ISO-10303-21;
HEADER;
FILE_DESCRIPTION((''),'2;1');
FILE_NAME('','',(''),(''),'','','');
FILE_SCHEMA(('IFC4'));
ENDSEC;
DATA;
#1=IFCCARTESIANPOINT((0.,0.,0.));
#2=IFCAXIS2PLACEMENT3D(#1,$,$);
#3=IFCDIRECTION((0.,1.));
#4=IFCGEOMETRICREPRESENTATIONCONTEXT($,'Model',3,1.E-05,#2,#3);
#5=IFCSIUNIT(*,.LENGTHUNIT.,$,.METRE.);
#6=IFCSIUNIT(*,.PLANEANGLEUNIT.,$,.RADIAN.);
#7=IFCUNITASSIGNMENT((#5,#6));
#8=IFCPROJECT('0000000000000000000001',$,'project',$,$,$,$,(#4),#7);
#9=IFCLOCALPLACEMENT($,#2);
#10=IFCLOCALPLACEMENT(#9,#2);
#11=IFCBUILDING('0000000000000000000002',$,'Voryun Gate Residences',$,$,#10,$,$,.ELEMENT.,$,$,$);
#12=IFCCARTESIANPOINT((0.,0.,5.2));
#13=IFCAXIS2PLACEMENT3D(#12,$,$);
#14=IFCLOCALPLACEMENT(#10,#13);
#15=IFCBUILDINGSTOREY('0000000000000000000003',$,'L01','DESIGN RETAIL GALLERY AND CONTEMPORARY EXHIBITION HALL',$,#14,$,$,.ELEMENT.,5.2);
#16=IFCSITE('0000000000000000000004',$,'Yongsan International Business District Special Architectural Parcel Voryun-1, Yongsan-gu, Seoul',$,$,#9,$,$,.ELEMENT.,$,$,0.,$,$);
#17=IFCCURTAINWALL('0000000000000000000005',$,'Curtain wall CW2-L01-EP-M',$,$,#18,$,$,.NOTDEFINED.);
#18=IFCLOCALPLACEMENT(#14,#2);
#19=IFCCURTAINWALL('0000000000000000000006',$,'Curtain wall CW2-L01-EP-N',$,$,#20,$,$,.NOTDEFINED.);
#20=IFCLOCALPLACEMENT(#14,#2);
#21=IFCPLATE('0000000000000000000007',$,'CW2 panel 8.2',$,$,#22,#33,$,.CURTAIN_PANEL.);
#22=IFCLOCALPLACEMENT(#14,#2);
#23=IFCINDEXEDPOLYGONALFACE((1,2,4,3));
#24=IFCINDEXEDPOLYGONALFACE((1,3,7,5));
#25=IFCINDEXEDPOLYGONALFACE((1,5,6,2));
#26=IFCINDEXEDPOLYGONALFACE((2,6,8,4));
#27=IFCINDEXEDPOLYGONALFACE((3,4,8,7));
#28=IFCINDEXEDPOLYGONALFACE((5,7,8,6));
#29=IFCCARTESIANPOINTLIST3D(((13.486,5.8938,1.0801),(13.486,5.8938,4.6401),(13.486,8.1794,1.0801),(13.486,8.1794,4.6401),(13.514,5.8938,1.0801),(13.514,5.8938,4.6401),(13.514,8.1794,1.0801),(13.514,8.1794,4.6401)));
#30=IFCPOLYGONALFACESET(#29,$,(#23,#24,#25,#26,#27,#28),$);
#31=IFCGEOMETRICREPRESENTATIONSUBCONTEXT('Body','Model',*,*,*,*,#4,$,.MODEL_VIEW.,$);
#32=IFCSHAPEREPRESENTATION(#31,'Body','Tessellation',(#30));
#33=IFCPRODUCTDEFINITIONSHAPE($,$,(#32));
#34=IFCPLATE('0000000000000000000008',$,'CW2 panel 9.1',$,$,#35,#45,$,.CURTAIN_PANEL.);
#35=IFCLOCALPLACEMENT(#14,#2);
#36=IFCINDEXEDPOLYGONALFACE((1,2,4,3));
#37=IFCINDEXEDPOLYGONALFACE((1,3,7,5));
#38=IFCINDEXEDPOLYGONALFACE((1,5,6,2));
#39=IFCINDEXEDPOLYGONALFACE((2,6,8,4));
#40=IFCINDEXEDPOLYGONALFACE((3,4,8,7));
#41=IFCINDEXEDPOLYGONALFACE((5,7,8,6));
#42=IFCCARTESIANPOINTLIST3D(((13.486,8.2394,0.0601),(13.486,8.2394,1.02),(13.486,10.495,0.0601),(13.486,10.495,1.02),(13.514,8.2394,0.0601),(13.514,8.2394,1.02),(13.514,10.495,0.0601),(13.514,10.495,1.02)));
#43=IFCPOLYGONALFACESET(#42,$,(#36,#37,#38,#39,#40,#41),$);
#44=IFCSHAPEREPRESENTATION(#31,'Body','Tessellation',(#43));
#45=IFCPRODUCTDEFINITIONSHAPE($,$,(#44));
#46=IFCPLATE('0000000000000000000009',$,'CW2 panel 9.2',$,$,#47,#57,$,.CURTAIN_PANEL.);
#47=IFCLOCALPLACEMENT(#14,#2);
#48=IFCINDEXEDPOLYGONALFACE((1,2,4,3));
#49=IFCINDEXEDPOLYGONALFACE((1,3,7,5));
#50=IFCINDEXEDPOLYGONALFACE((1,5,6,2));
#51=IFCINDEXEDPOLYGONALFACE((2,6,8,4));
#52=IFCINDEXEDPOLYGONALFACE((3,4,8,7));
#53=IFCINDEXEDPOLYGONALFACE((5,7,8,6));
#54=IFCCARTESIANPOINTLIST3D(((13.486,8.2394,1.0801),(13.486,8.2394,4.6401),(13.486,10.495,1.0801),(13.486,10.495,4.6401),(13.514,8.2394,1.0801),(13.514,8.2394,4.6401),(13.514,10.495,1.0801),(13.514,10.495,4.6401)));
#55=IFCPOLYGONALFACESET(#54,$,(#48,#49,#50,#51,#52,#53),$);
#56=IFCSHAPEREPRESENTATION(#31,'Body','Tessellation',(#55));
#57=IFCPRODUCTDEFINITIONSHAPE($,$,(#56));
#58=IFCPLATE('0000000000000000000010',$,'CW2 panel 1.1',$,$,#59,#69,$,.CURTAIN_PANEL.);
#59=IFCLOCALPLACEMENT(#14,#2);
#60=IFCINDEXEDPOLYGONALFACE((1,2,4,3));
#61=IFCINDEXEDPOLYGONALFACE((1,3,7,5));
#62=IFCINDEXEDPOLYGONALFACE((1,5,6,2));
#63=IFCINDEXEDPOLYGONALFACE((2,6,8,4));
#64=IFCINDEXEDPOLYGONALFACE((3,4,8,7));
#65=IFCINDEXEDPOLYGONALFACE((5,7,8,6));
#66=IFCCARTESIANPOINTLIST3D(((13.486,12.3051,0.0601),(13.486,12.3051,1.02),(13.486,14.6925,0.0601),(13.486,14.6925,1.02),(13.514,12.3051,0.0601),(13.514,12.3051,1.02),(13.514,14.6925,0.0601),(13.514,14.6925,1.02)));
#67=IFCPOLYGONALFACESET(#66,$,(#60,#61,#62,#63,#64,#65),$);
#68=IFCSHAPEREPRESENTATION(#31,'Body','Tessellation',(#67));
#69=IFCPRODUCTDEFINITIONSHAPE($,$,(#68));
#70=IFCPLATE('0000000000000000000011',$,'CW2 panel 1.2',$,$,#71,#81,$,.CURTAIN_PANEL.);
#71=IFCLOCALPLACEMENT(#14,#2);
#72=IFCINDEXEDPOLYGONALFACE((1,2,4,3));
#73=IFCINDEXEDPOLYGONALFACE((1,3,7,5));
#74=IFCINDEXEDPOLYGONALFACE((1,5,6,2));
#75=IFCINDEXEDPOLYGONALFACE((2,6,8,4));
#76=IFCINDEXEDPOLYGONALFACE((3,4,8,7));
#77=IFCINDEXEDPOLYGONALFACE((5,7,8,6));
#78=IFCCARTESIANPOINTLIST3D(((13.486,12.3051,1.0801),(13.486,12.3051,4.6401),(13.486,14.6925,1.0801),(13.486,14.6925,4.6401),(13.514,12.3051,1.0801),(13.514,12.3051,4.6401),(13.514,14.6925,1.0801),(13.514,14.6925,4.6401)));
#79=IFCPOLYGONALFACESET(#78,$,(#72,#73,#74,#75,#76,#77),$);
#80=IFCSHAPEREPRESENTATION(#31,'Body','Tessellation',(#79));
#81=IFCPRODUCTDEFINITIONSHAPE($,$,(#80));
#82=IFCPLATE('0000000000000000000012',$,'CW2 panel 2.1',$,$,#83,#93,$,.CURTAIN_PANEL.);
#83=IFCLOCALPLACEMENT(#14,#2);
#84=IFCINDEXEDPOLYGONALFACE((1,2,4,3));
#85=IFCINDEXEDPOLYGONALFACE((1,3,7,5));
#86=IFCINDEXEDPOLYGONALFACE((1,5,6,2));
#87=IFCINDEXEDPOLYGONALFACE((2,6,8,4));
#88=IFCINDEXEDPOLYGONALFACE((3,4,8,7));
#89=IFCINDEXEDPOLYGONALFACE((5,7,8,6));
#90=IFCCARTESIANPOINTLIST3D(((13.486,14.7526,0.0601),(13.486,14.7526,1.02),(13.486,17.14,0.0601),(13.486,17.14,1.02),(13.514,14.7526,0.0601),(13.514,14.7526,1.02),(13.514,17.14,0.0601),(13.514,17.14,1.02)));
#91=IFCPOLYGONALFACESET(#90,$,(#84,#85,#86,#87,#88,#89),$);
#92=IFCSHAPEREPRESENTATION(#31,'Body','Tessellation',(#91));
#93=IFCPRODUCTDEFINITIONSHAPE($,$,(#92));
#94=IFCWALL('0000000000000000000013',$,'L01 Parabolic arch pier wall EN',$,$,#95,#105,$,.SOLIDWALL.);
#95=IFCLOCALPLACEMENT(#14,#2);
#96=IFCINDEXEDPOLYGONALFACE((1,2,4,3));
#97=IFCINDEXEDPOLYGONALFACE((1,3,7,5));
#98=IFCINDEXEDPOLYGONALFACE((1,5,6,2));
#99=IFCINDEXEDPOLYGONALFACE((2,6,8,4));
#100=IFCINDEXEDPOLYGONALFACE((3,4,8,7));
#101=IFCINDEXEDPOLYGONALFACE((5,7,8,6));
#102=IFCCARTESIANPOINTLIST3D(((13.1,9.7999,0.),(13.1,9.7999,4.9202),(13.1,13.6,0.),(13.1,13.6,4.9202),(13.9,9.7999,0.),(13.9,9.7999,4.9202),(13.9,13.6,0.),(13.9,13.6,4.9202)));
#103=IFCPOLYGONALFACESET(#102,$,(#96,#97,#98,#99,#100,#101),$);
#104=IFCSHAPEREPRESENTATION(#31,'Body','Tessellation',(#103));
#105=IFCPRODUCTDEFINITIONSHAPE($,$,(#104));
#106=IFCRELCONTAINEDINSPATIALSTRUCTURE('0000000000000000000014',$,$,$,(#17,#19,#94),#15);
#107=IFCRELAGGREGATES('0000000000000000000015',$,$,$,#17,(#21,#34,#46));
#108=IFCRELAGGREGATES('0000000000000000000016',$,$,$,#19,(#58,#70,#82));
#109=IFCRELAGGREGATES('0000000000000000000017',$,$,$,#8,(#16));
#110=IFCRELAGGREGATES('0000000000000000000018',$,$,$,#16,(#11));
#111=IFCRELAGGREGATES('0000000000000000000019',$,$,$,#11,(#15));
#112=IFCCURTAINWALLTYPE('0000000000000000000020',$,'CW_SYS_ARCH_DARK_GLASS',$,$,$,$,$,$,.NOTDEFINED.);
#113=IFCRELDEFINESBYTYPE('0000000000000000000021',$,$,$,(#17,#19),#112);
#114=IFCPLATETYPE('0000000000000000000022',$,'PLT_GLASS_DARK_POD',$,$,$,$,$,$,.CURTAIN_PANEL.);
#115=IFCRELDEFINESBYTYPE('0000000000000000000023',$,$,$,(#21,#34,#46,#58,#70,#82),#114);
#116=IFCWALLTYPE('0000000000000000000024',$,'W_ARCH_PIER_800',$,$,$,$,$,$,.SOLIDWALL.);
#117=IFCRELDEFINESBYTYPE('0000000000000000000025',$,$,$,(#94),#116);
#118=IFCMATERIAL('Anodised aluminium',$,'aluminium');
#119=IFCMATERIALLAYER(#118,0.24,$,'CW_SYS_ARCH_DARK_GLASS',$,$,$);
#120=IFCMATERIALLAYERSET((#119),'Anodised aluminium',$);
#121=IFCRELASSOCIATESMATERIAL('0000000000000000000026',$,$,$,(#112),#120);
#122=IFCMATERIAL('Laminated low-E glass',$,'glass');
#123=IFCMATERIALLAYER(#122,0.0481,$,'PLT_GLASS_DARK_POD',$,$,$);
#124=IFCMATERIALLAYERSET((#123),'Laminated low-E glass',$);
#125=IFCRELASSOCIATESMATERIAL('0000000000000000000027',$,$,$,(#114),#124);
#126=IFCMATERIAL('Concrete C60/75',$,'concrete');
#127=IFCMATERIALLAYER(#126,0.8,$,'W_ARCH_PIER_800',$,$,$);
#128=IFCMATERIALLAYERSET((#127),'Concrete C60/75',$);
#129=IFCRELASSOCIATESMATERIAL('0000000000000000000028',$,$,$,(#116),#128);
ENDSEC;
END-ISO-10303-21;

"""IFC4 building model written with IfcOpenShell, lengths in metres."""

from ifc_helpers import new_model, si_unit, direction, frame, frame_2d, origin, origin_2d, place, context, subcontext, project, spatial, rectangle, extrude, material, layer, layer_set, type_object, element, aggregate, save


model = new_model("IFC4")

# Units and contexts
model_context = context("Model", 3, precision=1e-05, world=origin(), true_north=direction((0.0, 1.0)))
body_context = subcontext(model_context, "Body", "Model", "MODEL_VIEW")
ifc_project = project(units=[si_unit("LENGTHUNIT", "METRE"), si_unit("PLANEANGLEUNIT", "RADIAN")], contexts=[model_context])

# Site, building, storey
site_placement = place(None, origin())
site = spatial("IfcSite", under=ifc_project, at=site_placement, Name="Yongsan International Business District Special Architectural Parcel Voryun-1, Yongsan-gu, Seoul", CompositionType="ELEMENT", RefElevation=0.0)
building_placement = place(site_placement, origin())
building = spatial("IfcBuilding", under=site, at=building_placement, Name="Voryun Gate Residences", CompositionType="ELEMENT")
storey_placement = place(building_placement, frame((0.0, 0.0, 5.2)))
storey = spatial("IfcBuildingStorey", under=building, at=storey_placement, Name="L01", Description="DESIGN RETAIL GALLERY AND CONTEMPORARY EXHIBITION HALL", CompositionType="ELEMENT", Elevation=5.2)

# Curtain walls
ifc_material_1 = material(Name="Anodised aluminium", Category="aluminium")
ifc_layer_1 = layer(ifc_material_1, 0.24, Name="CW_SYS_ARCH_DARK_GLASS")
ifc_layer_set_1 = layer_set([ifc_layer_1], Name="Anodised aluminium")
curtain_wall_type = type_object("IfcCurtainWallType", Name="CW_SYS_ARCH_DARK_GLASS", PredefinedType="NOTDEFINED", material=ifc_layer_set_1)
curtain_wall_1_placement = place(storey_placement, origin())
curtain_wall_1 = element("IfcCurtainWall", 1, at=curtain_wall_1_placement, inside=storey, type_object=curtain_wall_type, Name="Curtain wall CW2-L01-EP-M", PredefinedType="NOTDEFINED")
curtain_wall_2_placement = place(storey_placement, origin())
curtain_wall_2 = element("IfcCurtainWall", 2, at=curtain_wall_2_placement, inside=storey, type_object=curtain_wall_type, Name="Curtain wall CW2-L01-EP-N", PredefinedType="NOTDEFINED")

# Plates
ifc_material_2 = material(Name="Laminated low-E glass", Category="glass")
ifc_layer_2 = layer(ifc_material_2, 0.0481, Name="PLT_GLASS_DARK_POD")
ifc_layer_set_2 = layer_set([ifc_layer_2], Name="Laminated low-E glass")
plate_type_1 = type_object("IfcPlateType", Name="PLT_GLASS_DARK_POD", PredefinedType="CURTAIN_PANEL", material=ifc_layer_set_2)
plate_1_placement = place(storey_placement, frame((13.5, 7.0366, 1.0801), z_axis=(0.0, 0.0, 1.0), x_axis=(0.0, 1.0, 0.0)))
plate_1 = element("IfcPlate", 3, at=plate_1_placement, type_object=plate_type_1, Name="CW2 panel 8.2", PredefinedType="CURTAIN_PANEL", context=body_context, shape_type="SweptSolid", body=[
    extrude(rectangle(XDim=2.2856, YDim=0.0281, at=origin_2d()), origin(), (0.0, 0.0, 1.0), 3.5601),
])
plate_2_placement = place(storey_placement, frame((13.5, 9.3672, 0.0601), z_axis=(0.0, 0.0, 1.0), x_axis=(0.0, 1.0, 0.0)))
plate_2 = element("IfcPlate", 4, at=plate_2_placement, type_object=plate_type_1, Name="CW2 panel 9.1", PredefinedType="CURTAIN_PANEL", context=body_context, shape_type="SweptSolid", body=[
    extrude(rectangle(XDim=2.2556, YDim=0.0281, at=origin_2d()), origin(), (0.0, 0.0, 1.0), 0.96),
])
plate_3_placement = place(storey_placement, frame((13.5, 9.3672, 1.0801), z_axis=(0.0, 0.0, 1.0), x_axis=(0.0, 1.0, 0.0)))
plate_3 = element("IfcPlate", 5, at=plate_3_placement, type_object=plate_type_1, Name="CW2 panel 9.2", PredefinedType="CURTAIN_PANEL", context=body_context, shape_type="SweptSolid", body=[
    extrude(rectangle(XDim=2.2556, YDim=0.0281, at=origin_2d()), origin(), (0.0, 0.0, 1.0), 3.5601),
])
aggregate(curtain_wall_1, [plate_1, plate_2, plate_3])
plate_4_placement = place(storey_placement, frame((13.5, 13.4988, 0.0601), z_axis=(0.0, 0.0, 1.0), x_axis=(0.0, 1.0, 0.0)))
plate_4 = element("IfcPlate", 6, at=plate_4_placement, type_object=plate_type_1, Name="CW2 panel 1.1", PredefinedType="CURTAIN_PANEL", context=body_context, shape_type="SweptSolid", body=[
    extrude(rectangle(XDim=2.3875, YDim=0.0281, at=origin_2d()), origin(), (0.0, 0.0, 1.0), 0.96),
])
plate_5_placement = place(storey_placement, frame((13.5, 13.4988, 1.0801), z_axis=(0.0, 0.0, 1.0), x_axis=(0.0, 1.0, 0.0)))
plate_5 = element("IfcPlate", 7, at=plate_5_placement, type_object=plate_type_1, Name="CW2 panel 1.2", PredefinedType="CURTAIN_PANEL", context=body_context, shape_type="SweptSolid", body=[
    extrude(rectangle(XDim=2.3875, YDim=0.0281, at=origin_2d()), origin(), (0.0, 0.0, 1.0), 3.5601),
])
plate_6_placement = place(storey_placement, frame((13.5, 15.9463, 0.0601), z_axis=(0.0, 0.0, 1.0), x_axis=(0.0, 1.0, 0.0)))
plate_6 = element("IfcPlate", 8, at=plate_6_placement, type_object=plate_type_1, Name="CW2 panel 2.1", PredefinedType="CURTAIN_PANEL", context=body_context, shape_type="SweptSolid", body=[
    extrude(rectangle(XDim=2.3875, YDim=0.0281, at=origin_2d()), origin(), (0.0, 0.0, 1.0), 0.96),
])
aggregate(curtain_wall_2, [plate_4, plate_5, plate_6])

# Wall
ifc_material_3 = material(Name="Concrete C60/75", Category="concrete")
ifc_layer_3 = layer(ifc_material_3, 0.8, Name="W_ARCH_PIER_800")
ifc_layer_set_3 = layer_set([ifc_layer_3], Name="Concrete C60/75")
wall_type = type_object("IfcWallType", Name="W_ARCH_PIER_800", PredefinedType="SOLIDWALL", material=ifc_layer_set_3)
wall_placement = place(storey_placement, frame((13.5, 9.8, 0.0), z_axis=(0.0, 0.0, 1.0), x_axis=(0.0, 1.0, 0.0)))
element("IfcWall", 9, at=wall_placement, inside=storey, type_object=wall_type, Name="L01 Parabolic arch pier wall EN", PredefinedType="SOLIDWALL", context=body_context, shape_type="SweptSolid", body=[
    extrude(rectangle(XDim=3.8, YDim=0.8, at=frame_2d((1.8999, 0.0))), origin(), (0.0, 0.0, 1.0), 4.9202),
])

save(model, "model.ifc")
